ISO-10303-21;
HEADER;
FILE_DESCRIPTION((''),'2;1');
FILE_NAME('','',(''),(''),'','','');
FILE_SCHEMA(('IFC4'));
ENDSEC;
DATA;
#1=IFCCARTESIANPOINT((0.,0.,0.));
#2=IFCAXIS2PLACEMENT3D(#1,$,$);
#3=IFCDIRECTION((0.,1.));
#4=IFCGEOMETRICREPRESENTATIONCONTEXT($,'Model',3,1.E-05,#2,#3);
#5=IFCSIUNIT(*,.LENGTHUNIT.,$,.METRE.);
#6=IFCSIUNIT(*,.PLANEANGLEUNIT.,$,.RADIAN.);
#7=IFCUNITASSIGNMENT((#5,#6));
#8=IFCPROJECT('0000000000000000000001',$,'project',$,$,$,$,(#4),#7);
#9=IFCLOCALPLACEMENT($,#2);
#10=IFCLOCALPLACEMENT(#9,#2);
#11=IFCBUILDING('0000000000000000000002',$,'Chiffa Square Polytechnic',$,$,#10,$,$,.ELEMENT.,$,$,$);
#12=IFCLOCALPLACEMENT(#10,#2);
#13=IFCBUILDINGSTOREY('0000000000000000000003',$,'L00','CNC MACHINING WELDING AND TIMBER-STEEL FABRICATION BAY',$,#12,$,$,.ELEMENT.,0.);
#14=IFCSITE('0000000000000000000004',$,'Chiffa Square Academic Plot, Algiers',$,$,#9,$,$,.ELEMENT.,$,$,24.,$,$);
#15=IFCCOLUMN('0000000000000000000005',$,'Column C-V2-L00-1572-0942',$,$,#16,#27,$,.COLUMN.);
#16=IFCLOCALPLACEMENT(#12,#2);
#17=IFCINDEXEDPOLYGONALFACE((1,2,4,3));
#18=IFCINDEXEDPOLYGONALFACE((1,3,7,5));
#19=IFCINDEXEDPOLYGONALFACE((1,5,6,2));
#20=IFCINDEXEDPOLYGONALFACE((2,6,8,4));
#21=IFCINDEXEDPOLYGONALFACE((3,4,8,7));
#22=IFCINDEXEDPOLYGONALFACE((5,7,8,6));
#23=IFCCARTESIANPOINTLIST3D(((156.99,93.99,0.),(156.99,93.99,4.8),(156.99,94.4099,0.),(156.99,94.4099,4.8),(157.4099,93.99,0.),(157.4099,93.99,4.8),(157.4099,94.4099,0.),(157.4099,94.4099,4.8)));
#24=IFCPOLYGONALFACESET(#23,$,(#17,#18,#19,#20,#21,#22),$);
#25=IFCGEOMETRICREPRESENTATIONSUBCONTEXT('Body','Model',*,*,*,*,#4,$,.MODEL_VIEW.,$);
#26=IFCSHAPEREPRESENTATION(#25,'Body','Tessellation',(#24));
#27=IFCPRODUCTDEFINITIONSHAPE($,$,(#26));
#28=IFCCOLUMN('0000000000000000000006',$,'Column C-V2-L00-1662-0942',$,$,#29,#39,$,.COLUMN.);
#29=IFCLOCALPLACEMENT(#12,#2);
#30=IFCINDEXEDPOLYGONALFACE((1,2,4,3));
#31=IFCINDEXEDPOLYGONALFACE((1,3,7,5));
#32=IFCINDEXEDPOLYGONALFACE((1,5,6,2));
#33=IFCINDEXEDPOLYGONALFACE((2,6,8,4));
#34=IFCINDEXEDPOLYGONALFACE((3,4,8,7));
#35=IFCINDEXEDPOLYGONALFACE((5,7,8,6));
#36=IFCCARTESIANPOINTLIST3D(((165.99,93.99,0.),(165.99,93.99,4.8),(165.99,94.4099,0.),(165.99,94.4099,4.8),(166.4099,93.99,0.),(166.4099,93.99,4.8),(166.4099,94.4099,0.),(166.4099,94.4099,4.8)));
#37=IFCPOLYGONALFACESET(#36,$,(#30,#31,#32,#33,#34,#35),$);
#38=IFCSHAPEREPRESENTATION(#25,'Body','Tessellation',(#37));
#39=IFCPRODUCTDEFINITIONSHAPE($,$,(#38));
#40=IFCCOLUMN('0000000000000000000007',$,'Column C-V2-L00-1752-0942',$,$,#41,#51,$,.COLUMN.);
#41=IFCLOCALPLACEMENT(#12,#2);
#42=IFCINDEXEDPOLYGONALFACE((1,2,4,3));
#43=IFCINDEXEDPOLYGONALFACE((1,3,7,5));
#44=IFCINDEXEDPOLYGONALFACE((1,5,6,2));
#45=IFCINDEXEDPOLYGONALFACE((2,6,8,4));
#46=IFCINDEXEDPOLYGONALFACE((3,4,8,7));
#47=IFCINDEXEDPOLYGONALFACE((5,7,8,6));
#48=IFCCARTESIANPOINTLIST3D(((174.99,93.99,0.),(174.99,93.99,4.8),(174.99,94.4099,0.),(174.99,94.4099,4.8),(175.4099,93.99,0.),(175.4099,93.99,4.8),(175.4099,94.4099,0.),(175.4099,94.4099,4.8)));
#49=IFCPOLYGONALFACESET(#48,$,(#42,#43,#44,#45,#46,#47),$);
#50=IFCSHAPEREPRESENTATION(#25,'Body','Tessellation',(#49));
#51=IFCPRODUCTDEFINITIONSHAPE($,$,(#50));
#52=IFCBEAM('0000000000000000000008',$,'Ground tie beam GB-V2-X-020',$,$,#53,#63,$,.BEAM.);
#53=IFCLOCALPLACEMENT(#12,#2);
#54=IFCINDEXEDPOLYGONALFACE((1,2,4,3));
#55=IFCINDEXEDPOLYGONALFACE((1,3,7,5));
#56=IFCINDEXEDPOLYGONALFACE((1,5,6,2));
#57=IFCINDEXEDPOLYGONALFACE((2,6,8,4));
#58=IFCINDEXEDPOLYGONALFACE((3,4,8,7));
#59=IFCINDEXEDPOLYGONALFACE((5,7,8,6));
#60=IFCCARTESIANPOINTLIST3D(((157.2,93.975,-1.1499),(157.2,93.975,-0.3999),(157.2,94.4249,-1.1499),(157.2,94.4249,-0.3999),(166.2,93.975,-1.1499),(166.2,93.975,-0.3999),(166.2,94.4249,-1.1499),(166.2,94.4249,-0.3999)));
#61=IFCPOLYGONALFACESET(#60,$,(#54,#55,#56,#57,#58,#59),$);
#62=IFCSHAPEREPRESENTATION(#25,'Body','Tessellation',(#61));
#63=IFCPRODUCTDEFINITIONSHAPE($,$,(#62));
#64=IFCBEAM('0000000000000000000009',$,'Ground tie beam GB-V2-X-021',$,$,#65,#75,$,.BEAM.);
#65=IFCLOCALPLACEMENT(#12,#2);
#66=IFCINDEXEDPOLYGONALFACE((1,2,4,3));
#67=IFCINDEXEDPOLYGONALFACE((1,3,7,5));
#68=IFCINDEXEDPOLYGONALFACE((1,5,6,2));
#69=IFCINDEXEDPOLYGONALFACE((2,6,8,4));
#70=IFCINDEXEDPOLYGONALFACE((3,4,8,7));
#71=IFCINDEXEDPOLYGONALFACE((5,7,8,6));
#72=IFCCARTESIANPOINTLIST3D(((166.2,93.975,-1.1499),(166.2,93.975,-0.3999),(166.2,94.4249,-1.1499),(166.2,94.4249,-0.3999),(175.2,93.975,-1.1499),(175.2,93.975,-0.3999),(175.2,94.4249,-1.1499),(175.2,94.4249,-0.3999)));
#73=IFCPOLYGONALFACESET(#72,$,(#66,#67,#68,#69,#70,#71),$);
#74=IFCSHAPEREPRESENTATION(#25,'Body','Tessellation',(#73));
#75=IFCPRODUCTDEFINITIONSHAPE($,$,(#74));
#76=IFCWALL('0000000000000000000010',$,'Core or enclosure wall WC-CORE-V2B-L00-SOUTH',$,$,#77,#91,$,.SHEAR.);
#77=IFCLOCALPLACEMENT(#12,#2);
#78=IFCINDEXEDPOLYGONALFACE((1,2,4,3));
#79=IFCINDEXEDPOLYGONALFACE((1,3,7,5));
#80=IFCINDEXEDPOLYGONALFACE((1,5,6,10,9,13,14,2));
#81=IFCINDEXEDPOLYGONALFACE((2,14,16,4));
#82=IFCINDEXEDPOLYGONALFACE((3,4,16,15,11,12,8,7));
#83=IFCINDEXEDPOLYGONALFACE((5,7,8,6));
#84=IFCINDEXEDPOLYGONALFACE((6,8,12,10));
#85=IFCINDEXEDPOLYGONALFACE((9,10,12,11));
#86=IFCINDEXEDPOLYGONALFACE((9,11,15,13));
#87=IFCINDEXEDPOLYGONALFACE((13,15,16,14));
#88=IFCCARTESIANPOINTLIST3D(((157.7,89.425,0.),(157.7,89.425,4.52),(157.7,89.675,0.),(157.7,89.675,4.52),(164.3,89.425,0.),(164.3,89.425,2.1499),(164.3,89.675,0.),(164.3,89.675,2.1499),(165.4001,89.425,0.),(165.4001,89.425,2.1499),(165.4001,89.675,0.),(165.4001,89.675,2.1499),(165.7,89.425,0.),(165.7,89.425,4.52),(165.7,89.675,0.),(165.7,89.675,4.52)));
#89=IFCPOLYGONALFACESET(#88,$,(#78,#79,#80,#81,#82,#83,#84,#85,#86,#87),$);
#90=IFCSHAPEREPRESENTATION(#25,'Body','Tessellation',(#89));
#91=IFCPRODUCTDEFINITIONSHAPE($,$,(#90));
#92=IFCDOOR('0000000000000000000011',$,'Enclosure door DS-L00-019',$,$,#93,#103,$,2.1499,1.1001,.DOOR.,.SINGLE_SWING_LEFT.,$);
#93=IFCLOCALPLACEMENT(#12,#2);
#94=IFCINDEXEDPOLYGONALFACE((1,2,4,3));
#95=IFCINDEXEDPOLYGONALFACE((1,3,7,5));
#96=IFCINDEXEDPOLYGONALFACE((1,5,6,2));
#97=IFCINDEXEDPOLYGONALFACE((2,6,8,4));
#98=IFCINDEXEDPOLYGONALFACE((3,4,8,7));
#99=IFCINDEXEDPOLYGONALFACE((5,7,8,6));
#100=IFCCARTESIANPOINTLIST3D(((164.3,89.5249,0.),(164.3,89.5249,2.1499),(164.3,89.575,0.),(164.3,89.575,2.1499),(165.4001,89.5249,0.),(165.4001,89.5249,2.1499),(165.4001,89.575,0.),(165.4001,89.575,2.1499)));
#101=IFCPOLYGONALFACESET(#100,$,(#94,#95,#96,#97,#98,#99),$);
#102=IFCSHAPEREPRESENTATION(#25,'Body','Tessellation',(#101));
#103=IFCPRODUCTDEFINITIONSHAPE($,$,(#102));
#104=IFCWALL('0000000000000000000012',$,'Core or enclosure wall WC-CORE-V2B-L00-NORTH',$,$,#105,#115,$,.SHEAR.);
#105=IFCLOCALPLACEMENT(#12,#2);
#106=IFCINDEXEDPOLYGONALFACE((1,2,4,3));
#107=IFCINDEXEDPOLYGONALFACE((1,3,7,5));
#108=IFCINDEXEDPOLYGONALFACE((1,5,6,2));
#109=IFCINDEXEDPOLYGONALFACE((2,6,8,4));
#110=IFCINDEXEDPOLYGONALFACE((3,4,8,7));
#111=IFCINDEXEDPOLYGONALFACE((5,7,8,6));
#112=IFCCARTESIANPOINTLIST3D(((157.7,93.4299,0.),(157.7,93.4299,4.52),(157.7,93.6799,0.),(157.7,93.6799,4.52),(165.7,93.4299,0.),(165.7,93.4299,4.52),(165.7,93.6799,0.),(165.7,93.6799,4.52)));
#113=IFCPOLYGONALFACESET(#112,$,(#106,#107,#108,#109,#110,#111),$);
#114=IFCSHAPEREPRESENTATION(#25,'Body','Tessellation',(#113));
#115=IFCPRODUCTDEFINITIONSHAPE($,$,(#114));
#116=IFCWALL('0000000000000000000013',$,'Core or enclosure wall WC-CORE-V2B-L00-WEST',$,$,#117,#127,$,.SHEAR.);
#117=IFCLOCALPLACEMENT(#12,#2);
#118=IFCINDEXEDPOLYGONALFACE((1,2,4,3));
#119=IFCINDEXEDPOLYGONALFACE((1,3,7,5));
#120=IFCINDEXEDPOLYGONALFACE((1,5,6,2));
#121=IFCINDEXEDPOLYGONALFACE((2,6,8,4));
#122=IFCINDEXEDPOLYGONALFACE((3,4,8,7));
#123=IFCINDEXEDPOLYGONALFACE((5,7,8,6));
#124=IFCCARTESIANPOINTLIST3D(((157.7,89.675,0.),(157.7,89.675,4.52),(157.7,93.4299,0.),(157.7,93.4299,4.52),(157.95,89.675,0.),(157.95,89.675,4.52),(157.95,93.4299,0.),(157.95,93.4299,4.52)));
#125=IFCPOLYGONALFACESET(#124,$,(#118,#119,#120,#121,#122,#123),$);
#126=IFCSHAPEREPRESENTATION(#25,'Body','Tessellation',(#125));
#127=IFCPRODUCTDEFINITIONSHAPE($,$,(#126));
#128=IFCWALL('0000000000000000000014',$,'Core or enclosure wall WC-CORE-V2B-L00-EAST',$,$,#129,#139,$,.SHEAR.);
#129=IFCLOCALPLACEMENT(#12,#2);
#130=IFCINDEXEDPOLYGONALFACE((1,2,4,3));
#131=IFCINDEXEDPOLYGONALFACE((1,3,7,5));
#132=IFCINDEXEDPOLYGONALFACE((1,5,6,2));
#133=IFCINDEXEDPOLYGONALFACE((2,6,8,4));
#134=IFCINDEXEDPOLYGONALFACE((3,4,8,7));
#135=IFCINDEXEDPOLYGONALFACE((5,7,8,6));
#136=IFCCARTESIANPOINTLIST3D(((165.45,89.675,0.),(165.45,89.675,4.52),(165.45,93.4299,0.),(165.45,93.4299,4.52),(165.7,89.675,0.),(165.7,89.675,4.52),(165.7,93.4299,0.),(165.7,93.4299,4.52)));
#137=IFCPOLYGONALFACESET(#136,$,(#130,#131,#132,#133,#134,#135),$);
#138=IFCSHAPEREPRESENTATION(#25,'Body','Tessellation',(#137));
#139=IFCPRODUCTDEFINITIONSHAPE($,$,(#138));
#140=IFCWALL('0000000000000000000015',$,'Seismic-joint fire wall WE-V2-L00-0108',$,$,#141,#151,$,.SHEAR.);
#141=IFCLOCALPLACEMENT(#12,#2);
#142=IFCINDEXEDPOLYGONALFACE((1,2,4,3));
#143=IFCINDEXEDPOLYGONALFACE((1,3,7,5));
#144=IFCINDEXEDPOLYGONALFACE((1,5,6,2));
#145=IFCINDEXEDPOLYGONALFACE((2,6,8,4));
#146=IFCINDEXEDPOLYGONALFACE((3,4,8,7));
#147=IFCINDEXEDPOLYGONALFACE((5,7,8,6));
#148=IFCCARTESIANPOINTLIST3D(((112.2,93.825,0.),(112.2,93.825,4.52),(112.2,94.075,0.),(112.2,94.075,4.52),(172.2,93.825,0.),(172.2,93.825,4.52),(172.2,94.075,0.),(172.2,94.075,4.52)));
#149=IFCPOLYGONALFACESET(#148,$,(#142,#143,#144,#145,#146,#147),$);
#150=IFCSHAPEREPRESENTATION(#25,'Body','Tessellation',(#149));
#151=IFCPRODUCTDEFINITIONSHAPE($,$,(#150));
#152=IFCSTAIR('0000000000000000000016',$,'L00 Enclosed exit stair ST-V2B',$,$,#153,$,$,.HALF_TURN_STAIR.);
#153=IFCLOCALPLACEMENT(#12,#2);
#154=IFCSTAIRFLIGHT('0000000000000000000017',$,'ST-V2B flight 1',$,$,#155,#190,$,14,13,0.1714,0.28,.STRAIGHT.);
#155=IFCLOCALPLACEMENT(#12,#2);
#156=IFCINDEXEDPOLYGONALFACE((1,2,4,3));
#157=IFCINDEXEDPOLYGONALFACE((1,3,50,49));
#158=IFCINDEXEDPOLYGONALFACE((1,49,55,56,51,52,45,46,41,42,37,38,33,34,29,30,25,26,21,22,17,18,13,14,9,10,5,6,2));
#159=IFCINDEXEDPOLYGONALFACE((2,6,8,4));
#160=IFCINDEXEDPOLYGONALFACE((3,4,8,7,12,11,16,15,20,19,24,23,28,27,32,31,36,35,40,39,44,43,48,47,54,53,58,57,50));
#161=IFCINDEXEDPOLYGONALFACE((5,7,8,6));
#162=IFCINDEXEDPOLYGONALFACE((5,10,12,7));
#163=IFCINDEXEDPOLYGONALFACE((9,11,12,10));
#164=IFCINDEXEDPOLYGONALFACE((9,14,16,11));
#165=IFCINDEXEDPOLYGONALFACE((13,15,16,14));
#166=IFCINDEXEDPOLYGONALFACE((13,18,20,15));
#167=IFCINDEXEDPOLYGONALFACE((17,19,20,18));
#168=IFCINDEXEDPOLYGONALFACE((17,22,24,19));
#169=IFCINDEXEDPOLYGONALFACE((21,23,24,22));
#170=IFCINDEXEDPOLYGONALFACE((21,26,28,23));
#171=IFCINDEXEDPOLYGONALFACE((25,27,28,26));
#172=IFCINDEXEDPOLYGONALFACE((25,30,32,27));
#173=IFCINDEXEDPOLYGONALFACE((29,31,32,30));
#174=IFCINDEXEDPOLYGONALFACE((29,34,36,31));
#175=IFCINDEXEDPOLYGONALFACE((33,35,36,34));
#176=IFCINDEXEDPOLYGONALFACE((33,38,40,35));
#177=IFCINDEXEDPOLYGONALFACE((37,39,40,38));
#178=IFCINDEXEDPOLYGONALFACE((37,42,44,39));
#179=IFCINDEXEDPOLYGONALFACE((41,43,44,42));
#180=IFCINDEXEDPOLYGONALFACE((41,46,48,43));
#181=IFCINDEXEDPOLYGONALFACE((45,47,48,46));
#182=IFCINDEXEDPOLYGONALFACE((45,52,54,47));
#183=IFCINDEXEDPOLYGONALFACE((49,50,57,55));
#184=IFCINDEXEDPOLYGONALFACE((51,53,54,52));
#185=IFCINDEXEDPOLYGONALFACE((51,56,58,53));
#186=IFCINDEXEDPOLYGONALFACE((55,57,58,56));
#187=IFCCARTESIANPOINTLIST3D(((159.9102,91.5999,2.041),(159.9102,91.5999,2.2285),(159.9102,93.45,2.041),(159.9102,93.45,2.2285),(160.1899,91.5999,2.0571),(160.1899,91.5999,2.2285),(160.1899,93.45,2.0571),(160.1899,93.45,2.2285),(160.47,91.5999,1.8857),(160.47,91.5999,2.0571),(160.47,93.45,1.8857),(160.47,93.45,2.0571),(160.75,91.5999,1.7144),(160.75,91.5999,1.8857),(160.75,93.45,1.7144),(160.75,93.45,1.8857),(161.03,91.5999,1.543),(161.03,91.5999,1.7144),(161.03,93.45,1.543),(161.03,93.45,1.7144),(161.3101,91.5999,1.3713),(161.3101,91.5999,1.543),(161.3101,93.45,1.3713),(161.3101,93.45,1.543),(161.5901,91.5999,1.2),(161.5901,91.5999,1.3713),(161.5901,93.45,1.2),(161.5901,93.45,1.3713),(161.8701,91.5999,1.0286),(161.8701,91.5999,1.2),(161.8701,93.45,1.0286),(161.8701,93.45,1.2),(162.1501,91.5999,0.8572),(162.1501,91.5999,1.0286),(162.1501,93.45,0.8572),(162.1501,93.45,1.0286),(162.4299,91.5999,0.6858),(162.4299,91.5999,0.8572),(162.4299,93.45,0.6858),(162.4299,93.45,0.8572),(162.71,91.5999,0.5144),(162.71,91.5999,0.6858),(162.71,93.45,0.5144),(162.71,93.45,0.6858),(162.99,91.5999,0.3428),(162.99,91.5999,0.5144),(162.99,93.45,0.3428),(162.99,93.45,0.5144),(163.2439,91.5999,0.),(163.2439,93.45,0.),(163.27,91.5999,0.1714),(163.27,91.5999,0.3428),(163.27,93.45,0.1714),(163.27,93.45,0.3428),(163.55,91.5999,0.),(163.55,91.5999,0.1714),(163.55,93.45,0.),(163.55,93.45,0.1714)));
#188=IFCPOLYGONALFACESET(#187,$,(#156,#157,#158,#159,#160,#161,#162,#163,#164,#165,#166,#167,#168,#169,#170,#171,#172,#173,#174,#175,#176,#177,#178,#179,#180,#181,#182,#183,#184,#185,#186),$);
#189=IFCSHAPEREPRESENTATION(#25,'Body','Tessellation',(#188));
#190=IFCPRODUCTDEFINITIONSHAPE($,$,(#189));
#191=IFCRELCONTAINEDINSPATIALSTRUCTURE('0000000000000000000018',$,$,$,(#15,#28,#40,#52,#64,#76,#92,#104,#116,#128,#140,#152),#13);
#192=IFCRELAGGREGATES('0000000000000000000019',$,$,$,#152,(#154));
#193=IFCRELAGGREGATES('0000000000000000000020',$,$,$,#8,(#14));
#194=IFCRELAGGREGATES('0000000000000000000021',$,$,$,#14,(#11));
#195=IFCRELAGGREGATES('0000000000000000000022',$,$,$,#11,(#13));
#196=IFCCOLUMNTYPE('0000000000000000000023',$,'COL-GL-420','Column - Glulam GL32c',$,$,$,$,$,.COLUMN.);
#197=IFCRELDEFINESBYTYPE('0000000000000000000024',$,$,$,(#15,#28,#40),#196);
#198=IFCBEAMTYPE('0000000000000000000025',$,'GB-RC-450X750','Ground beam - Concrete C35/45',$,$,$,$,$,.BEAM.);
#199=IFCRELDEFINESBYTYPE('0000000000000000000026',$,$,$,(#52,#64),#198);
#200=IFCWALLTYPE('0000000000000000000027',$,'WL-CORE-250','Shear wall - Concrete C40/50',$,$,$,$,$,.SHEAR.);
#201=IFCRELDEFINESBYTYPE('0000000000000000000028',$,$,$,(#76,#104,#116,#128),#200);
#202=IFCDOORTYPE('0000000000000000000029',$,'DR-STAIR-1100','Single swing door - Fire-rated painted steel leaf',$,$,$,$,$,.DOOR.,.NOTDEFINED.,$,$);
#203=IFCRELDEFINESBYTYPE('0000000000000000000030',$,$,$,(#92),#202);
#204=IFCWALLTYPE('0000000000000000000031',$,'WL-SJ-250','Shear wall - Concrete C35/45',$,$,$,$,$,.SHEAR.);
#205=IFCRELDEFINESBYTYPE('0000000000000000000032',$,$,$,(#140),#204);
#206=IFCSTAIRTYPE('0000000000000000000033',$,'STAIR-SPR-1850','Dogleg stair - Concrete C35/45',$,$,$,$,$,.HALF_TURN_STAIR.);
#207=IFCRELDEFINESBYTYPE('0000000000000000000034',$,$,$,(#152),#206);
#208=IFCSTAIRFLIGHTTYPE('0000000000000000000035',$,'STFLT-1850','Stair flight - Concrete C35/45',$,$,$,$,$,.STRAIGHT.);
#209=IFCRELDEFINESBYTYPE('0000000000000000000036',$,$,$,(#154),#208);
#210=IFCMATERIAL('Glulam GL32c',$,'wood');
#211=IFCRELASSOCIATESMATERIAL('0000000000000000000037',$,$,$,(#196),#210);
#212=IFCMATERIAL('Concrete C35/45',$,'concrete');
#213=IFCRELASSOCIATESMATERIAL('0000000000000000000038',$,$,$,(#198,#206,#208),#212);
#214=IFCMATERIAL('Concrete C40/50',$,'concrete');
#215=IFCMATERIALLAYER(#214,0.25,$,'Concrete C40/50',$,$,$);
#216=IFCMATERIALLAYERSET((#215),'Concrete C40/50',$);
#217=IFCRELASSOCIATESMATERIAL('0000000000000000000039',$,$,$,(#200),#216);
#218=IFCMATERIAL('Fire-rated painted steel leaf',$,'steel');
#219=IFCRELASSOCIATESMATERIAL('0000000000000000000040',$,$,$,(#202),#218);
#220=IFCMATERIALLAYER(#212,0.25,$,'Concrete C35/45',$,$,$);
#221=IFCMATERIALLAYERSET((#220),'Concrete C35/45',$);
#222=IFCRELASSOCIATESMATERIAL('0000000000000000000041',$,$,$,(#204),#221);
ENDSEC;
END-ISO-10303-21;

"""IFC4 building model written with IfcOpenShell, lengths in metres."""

from ifc_helpers import new_model, si_unit, direction, frame, frame_2d, origin, origin_2d, place, context, subcontext, project, spatial, polyline, rectangle, outline, extrude, material, layer, layer_set, material_profile, profile_set, type_object, element, fill, aggregate, save


model = new_model("IFC4")

# Units and contexts
model_context = context("Model", 3, precision=1e-05, world=origin(), true_north=direction((0.0, 1.0)))
body_context = subcontext(model_context, "Body", "Model", "MODEL_VIEW")
ifc_project = project(units=[si_unit("LENGTHUNIT", "METRE"), si_unit("PLANEANGLEUNIT", "RADIAN")], contexts=[model_context])

# Site, building, storey
site_placement = place(None, origin())
site = spatial("IfcSite", under=ifc_project, at=site_placement, Name="Chiffa Square Academic Plot, Algiers", CompositionType="ELEMENT", RefElevation=24.0)
building_placement = place(site_placement, origin())
building = spatial("IfcBuilding", under=site, at=building_placement, Name="Chiffa Square Polytechnic", CompositionType="ELEMENT")
storey_placement = place(building_placement, origin())
storey = spatial("IfcBuildingStorey", under=building, at=storey_placement, Name="L00", Description="CNC MACHINING WELDING AND TIMBER-STEEL FABRICATION BAY", CompositionType="ELEMENT", Elevation=0.0)

# Columns
ifc_material_1 = material(Name="Glulam GL32c", Category="wood")
ifc_material_profile_1 = material_profile(ifc_material_1, rectangle(XDim=0.4199, YDim=0.4199, at=origin_2d()), Name="GL32c 420x420")
ifc_profile_set_1 = profile_set([ifc_material_profile_1], Name="Glulam GL32c")
column_type = type_object("IfcColumnType", Name="COL-GL-420", Description="Column - Glulam GL32c", PredefinedType="COLUMN", material=ifc_profile_set_1)
for number, where, z_axis, x_axis, name in (
    (1, (157.2, 94.2, 0.0), (0.0, 0.0, 1.0), (1.0, 0.0, 0.0), "Column C-V2-L00-1572-0942"),
    (2, (166.2, 94.2, 0.0), (0.0, 0.0, 1.0), (1.0, 0.0, 0.0), "Column C-V2-L00-1662-0942"),
    (3, (175.2, 94.2, 0.0), (0.0, 0.0, 1.0), (1.0, 0.0, 0.0), "Column C-V2-L00-1752-0942"),
):
    element("IfcColumn", number, at=place(storey_placement, frame(where, z_axis=z_axis, x_axis=x_axis)), inside=storey, type_object=column_type, Name=name, PredefinedType="COLUMN", context=body_context, shape_type="SweptSolid", body=[
        extrude(rectangle(XDim=0.4199, YDim=0.4199, at=origin_2d()), origin(), (0.0, 0.0, 1.0), 4.8),
    ])

# Beams
ifc_material_2 = material(Name="Concrete C35/45", Category="concrete")
ifc_material_profile_2 = material_profile(ifc_material_2, rectangle(XDim=0.45, YDim=0.75, at=origin_2d()), Name="RC 450x750")
ifc_profile_set_2 = profile_set([ifc_material_profile_2], Name="Concrete C35/45")
beam_type = type_object("IfcBeamType", Name="GB-RC-450X750", Description="Ground beam - Concrete C35/45", PredefinedType="BEAM", material=ifc_profile_set_2)
for number, where, z_axis, x_axis, name in (
    (4, (157.2, 94.2, -0.7749), (1.0, 0.0, 0.0), (0.0, 1.0, 0.0), "Ground tie beam GB-V2-X-020"),
    (5, (166.2, 94.2, -0.7749), (1.0, 0.0, 0.0), (0.0, 1.0, 0.0), "Ground tie beam GB-V2-X-021"),
):
    element("IfcBeam", number, at=place(storey_placement, frame(where, z_axis=z_axis, x_axis=x_axis)), inside=storey, type_object=beam_type, Name=name, PredefinedType="BEAM", context=body_context, shape_type="SweptSolid", body=[
        extrude(rectangle(XDim=0.45, YDim=0.75, at=origin_2d()), origin(), (0.0, 0.0, 1.0), 9.0),
    ])

# Wall, opening, door
ifc_material_3 = material(Name="Concrete C40/50", Category="concrete")
ifc_layer_1 = layer(ifc_material_3, 0.25, Name="Concrete C40/50")
ifc_layer_set_1 = layer_set([ifc_layer_1], Name="Concrete C40/50")
wall_type_1 = type_object("IfcWallType", Name="WL-CORE-250", Description="Shear wall - Concrete C40/50", PredefinedType="SHEAR", material=ifc_layer_set_1)
wall_1_placement = place(storey_placement, frame((157.7, 89.55, 0.0), z_axis=(0.0, 0.0, 1.0), x_axis=(1.0, 0.0, 0.0)))
wall_1 = element("IfcWall", 6, at=wall_1_placement, inside=storey, type_object=wall_type_1, Name="Core or enclosure wall WC-CORE-V2B-L00-SOUTH", PredefinedType="SHEAR", context=body_context, shape_type="SweptSolid", body=[
    extrude(rectangle(XDim=8.0, YDim=0.25, at=frame_2d((4.0, 0.0))), origin(), (0.0, 0.0, 1.0), 4.52),
])
opening_placement = place(wall_1_placement, frame((6.6001, 0.0, 0.0)))
opening = element("IfcOpeningElement", 7, at=opening_placement, cuts=wall_1, PredefinedType="OPENING", context=body_context, shape_type="SweptSolid", body=[
    extrude(rectangle(XDim=1.1001, YDim=2.1499, at=frame_2d((0.55, 1.075))), frame((0.0, 0.135, 0.0), z_axis=(0.0, -1.0, 0.0), x_axis=(1.0, 0.0, 0.0)), (0.0, 0.0, 1.0), 0.27),
])
ifc_material_4 = material(Name="Fire-rated painted steel leaf", Category="steel")
door_type = type_object("IfcDoorType", Name="DR-STAIR-1100", Description="Single swing door - Fire-rated painted steel leaf", OperationType="NOTDEFINED", PredefinedType="DOOR", material=ifc_material_4)
door_placement = place(opening_placement, origin())
door = element("IfcDoor", 8, at=door_placement, inside=storey, type_object=door_type, Name="Enclosure door DS-L00-019", OperationType="SINGLE_SWING_LEFT", OverallHeight=2.1499, OverallWidth=1.1001, PredefinedType="DOOR", context=body_context, shape_type="SweptSolid", body=[
    extrude(rectangle(XDim=1.1001, YDim=2.1499, at=frame_2d((0.55, 1.075))), frame((0.0, 0.0249, 0.0), z_axis=(0.0, -1.0, 0.0), x_axis=(1.0, 0.0, 0.0)), (0.0, 0.0, 1.0), 0.05),
])
fill(opening, door)

# Walls
wall_2_placement = place(storey_placement, frame((157.7, 93.5549, 0.0), z_axis=(0.0, 0.0, 1.0), x_axis=(1.0, 0.0, 0.0)))
element("IfcWall", 9, at=wall_2_placement, inside=storey, type_object=wall_type_1, Name="Core or enclosure wall WC-CORE-V2B-L00-NORTH", PredefinedType="SHEAR", context=body_context, shape_type="SweptSolid", body=[
    extrude(rectangle(XDim=8.0, YDim=0.25, at=frame_2d((4.0, 0.0))), origin(), (0.0, 0.0, 1.0), 4.52),
])
for number, where, z_axis, x_axis, name in (
    (10, (157.825, 89.675, 0.0), (0.0, 0.0, 1.0), (0.0, 1.0, 0.0), "Core or enclosure wall WC-CORE-V2B-L00-WEST"),
    (11, (165.575, 89.675, 0.0), (0.0, 0.0, 1.0), (0.0, 1.0, 0.0), "Core or enclosure wall WC-CORE-V2B-L00-EAST"),
):
    element("IfcWall", number, at=place(storey_placement, frame(where, z_axis=z_axis, x_axis=x_axis)), inside=storey, type_object=wall_type_1, Name=name, PredefinedType="SHEAR", context=body_context, shape_type="SweptSolid", body=[
        extrude(rectangle(XDim=3.7549, YDim=0.25, at=frame_2d((1.8774, 0.0))), origin(), (0.0, 0.0, 1.0), 4.52),
    ])
ifc_layer_2 = layer(ifc_material_2, 0.25, Name="Concrete C35/45")
ifc_layer_set_2 = layer_set([ifc_layer_2], Name="Concrete C35/45")
wall_type_2 = type_object("IfcWallType", Name="WL-SJ-250", Description="Shear wall - Concrete C35/45", PredefinedType="SHEAR", material=ifc_layer_set_2)
wall_3_placement = place(storey_placement, frame((172.2, 93.95, 0.0), z_axis=(0.0, 0.0, 1.0), x_axis=(-1.0, 0.0, 0.0)))
element("IfcWall", 12, at=wall_3_placement, inside=storey, type_object=wall_type_2, Name="Seismic-joint fire wall WE-V2-L00-0108", PredefinedType="SHEAR", context=body_context, shape_type="SweptSolid", body=[
    extrude(rectangle(XDim=60.0, YDim=0.25, at=frame_2d((30.0, 0.0))), origin(), (0.0, 0.0, 1.0), 4.52),
])

# Stair, stair flight
stair_type = type_object("IfcStairType", Name="STAIR-SPR-1850", Description="Dogleg stair - Concrete C35/45", PredefinedType="HALF_TURN_STAIR", material=ifc_material_2)
stair_placement = place(storey_placement, origin())
stair = element("IfcStair", 13, at=stair_placement, inside=storey, type_object=stair_type, Name="L00 Enclosed exit stair ST-V2B", PredefinedType="HALF_TURN_STAIR")
stair_flight_type = type_object("IfcStairFlightType", Name="STFLT-1850", Description="Stair flight - Concrete C35/45", PredefinedType="STRAIGHT", material=ifc_material_2)
stair_flight_1_placement = place(storey_placement, frame((163.55, 92.5249, 0.0), z_axis=(0.0, 0.0, 1.0), x_axis=(-1.0, 0.0, 0.0)))
stair_flight_1 = element("IfcStairFlight", 14, at=stair_flight_1_placement, type_object=stair_flight_type, Name="ST-V2B flight 1", NumberOfRisers=14, NumberOfTreads=13, PredefinedType="STRAIGHT", RiserHeight=0.1714, TreadLength=0.28, context=body_context, shape_type="SweptSolid", body=[
    extrude(outline(polyline([(0.0, 0.0), (0.0, 0.1714), (0.28, 0.1714), (0.28, 0.3428), (0.5601, 0.3428), (0.5601, 0.5144), (0.8401, 0.5144), (0.8401, 0.6858), (1.1201, 0.6858), (1.1201, 0.8572), (1.3999, 0.8572), (1.3999, 1.0286), (1.6799, 1.0286), (1.6799, 1.2), (1.96, 1.2), (1.96, 1.3713), (2.24, 1.3713), (2.24, 1.543), (2.52, 1.543), (2.52, 1.7144), (2.8, 1.7144), (2.8, 1.8857), (3.0801, 1.8857), (3.0801, 2.0571), (3.3601, 2.0571), (3.3601, 2.2285), (3.6399, 2.2285), (3.6399, 2.3999), (3.6399, 2.041), (0.3062, 0.0), (0.0, 0.0)])), frame((0.0, 0.925, 0.0), z_axis=(0.0, -1.0, 0.0), x_axis=(1.0, 0.0, 0.0)), (0.0, 0.0, 1.0), 1.8501),
])
aggregate(stair, [stair_flight_1])

save(model, "model.ifc")
